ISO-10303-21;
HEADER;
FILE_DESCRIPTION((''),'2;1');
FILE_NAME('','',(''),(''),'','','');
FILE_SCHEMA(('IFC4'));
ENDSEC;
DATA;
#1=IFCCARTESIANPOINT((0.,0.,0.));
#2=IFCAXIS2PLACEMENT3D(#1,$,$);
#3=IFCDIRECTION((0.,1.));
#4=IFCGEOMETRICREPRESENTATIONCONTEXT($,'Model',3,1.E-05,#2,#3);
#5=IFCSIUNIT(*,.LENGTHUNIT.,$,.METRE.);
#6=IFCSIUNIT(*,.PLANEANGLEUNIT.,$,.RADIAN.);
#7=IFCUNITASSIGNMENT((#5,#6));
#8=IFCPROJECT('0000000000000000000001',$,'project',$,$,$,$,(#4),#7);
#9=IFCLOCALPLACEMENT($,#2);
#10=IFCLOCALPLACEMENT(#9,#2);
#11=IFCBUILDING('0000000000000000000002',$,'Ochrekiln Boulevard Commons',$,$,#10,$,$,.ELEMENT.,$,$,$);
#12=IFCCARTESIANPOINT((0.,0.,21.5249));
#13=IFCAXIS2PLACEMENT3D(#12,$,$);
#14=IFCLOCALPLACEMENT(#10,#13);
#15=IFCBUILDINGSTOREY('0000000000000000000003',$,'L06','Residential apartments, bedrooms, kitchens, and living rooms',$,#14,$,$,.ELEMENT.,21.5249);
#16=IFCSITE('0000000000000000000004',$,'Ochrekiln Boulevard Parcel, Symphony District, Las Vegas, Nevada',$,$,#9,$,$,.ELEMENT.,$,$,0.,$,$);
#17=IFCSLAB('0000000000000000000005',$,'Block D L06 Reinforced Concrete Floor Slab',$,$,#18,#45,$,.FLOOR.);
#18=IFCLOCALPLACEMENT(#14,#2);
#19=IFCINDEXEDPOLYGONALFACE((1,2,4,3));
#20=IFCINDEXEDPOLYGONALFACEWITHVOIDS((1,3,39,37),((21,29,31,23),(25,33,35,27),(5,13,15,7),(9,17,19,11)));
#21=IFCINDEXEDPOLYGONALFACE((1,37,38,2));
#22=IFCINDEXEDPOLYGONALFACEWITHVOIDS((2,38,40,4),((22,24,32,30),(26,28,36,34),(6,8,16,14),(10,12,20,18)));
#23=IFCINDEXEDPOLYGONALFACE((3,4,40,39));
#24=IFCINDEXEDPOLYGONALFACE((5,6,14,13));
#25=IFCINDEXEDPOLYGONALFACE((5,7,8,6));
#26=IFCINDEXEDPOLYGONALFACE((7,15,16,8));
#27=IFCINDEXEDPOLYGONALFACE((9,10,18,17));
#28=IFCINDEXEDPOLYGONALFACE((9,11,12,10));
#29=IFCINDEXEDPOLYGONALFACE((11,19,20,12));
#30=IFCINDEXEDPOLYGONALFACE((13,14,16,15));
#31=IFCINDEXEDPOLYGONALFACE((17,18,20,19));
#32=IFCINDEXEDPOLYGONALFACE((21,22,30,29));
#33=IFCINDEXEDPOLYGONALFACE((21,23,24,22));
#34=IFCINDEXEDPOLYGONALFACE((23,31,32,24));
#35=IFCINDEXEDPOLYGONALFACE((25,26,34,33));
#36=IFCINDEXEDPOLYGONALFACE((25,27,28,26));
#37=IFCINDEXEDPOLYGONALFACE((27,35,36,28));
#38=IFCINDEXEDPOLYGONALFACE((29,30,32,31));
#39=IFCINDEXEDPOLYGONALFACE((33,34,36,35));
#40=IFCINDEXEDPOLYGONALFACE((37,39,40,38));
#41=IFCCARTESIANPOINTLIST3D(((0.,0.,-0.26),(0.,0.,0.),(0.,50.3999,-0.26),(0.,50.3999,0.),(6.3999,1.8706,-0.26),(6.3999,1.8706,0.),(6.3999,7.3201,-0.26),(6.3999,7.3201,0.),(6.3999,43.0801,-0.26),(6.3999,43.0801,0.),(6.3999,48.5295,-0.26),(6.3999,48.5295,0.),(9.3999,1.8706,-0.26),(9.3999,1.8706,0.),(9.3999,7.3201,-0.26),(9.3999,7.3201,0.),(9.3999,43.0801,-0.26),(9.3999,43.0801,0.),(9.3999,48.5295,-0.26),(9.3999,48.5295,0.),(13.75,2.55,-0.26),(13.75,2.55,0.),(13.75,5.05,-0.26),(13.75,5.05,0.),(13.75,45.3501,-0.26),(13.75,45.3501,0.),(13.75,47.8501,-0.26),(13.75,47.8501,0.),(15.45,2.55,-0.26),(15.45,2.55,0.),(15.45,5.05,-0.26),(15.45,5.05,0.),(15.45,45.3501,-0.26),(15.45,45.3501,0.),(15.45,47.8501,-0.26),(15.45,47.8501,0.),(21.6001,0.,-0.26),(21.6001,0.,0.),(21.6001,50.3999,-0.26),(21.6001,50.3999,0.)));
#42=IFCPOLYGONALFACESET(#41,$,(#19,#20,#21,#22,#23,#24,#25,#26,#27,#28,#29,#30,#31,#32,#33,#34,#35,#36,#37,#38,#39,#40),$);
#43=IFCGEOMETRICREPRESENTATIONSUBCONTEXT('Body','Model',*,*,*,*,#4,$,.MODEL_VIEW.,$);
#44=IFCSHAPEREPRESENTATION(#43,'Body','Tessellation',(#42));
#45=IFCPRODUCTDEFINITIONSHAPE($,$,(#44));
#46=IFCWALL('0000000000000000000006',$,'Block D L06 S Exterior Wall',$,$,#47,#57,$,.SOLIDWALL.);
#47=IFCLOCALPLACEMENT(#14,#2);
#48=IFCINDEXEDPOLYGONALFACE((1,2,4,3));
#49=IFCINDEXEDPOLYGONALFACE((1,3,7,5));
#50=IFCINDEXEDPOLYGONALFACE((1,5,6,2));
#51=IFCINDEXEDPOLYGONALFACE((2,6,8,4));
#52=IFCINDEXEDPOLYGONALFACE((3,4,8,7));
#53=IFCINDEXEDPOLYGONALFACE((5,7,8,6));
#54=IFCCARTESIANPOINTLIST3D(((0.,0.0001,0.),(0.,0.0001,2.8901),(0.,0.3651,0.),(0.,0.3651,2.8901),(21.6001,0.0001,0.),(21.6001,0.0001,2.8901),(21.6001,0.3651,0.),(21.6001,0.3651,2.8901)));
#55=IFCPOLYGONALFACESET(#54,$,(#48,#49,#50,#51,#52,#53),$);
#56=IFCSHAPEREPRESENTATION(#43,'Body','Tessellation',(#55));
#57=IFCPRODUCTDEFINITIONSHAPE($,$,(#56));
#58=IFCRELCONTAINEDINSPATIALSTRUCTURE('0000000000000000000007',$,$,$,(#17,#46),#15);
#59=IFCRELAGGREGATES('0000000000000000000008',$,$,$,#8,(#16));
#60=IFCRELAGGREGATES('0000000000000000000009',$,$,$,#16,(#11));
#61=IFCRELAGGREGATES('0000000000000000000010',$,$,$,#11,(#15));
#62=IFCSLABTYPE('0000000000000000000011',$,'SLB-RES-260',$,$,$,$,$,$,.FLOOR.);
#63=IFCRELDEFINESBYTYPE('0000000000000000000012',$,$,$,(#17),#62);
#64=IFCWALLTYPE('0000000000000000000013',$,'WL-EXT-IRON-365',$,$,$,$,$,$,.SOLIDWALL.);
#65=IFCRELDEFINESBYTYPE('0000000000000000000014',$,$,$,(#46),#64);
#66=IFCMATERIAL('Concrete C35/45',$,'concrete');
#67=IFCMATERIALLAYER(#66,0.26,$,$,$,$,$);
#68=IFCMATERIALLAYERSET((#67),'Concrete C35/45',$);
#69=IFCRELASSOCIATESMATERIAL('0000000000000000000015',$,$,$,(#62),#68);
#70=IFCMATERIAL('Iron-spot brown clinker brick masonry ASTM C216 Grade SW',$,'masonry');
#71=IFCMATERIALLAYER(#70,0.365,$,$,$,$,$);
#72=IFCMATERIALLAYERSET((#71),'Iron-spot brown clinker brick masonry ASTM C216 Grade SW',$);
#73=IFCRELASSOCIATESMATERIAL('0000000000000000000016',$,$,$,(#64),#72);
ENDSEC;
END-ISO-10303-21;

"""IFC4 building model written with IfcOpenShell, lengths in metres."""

from ifc_helpers import new_model, si_unit, direction, frame, frame_2d, origin, place, context, subcontext, project, spatial, polyline, rectangle, outline, extrude, material, layer, layer_set, type_object, element, save


model = new_model("IFC4")

# Units and contexts
model_context = context("Model", 3, precision=1e-05, world=origin(), true_north=direction((0.0, 1.0)))
body_context = subcontext(model_context, "Body", "Model", "MODEL_VIEW")
ifc_project = project(units=[si_unit("LENGTHUNIT", "METRE"), si_unit("PLANEANGLEUNIT", "RADIAN")], contexts=[model_context])

# Site, building, storey
site_placement = place(None, origin())
site = spatial("IfcSite", under=ifc_project, at=site_placement, Name="Ochrekiln Boulevard Parcel, Symphony District, Las Vegas, Nevada", CompositionType="ELEMENT", RefElevation=0.0)
building_placement = place(site_placement, origin())
building = spatial("IfcBuilding", under=site, at=building_placement, Name="Ochrekiln Boulevard Commons", CompositionType="ELEMENT")
storey_placement = place(building_placement, frame((0.0, 0.0, 21.5249)))
storey = spatial("IfcBuildingStorey", under=building, at=storey_placement, Name="L06", Description="Residential apartments, bedrooms, kitchens, and living rooms", CompositionType="ELEMENT", Elevation=21.5249)

# Shared definitions
ifc_material_1 = material(Name="Concrete C35/45", Category="concrete")

# Slab
ifc_layer_1 = layer(ifc_material_1, 0.26)
ifc_layer_set_1 = layer_set([ifc_layer_1], Name="Concrete C35/45")
slab_type_1 = type_object("IfcSlabType", Name="SLB-RES-260", PredefinedType="FLOOR", material=ifc_layer_set_1)
slab_1_placement = place(storey_placement, frame((0.0, 0.0, -0.26)))
element("IfcSlab", 1, at=slab_1_placement, inside=storey, type_object=slab_type_1, Name="Block D L06 Reinforced Concrete Floor Slab", PredefinedType="FLOOR", context=body_context, shape_type="SweptSolid", body=[
    extrude(outline(polyline([(0.0, 0.0), (21.6001, 0.0), (21.6001, 50.3999), (0.0, 50.3999), (0.0, 0.0)]), holes=[polyline([(9.3999, 1.8706), (9.3999, 7.3201), (6.3999, 7.3201), (6.3999, 1.8706), (9.3999, 1.8706)]), polyline([(6.3999, 48.5295), (6.3999, 43.0801), (9.3999, 43.0801), (9.3999, 48.5295), (6.3999, 48.5295)]), polyline([(13.75, 2.55), (15.45, 2.55), (15.45, 5.05), (13.75, 5.05), (13.75, 2.55)]), polyline([(13.75, 45.3501), (15.45, 45.3501), (15.45, 47.8501), (13.75, 47.8501), (13.75, 45.3501)])]), origin(), (0.0, 0.0, 1.0), 0.26),
])

# Wall
ifc_material_2 = material(Name="Iron-spot brown clinker brick masonry ASTM C216 Grade SW", Category="masonry")
ifc_layer_2 = layer(ifc_material_2, 0.365)
ifc_layer_set_2 = layer_set([ifc_layer_2], Name="Iron-spot brown clinker brick masonry ASTM C216 Grade SW")
wall_type = type_object("IfcWallType", Name="WL-EXT-IRON-365", PredefinedType="SOLIDWALL", material=ifc_layer_set_2)
wall_1_placement = place(storey_placement, frame((0.0, 0.1826, 0.0), z_axis=(0.0, 0.0, 1.0), x_axis=(1.0, 0.0, 0.0)))
element("IfcWall", 2, at=wall_1_placement, inside=storey, type_object=wall_type, Name="Block D L06 S Exterior Wall", PredefinedType="SOLIDWALL", context=body_context, shape_type="SweptSolid", body=[
    extrude(rectangle(XDim=21.6001, YDim=0.365, at=frame_2d((10.8, 0.0))), origin(), (0.0, 0.0, 1.0), 2.8901),
])

save(model, "model.ifc")
